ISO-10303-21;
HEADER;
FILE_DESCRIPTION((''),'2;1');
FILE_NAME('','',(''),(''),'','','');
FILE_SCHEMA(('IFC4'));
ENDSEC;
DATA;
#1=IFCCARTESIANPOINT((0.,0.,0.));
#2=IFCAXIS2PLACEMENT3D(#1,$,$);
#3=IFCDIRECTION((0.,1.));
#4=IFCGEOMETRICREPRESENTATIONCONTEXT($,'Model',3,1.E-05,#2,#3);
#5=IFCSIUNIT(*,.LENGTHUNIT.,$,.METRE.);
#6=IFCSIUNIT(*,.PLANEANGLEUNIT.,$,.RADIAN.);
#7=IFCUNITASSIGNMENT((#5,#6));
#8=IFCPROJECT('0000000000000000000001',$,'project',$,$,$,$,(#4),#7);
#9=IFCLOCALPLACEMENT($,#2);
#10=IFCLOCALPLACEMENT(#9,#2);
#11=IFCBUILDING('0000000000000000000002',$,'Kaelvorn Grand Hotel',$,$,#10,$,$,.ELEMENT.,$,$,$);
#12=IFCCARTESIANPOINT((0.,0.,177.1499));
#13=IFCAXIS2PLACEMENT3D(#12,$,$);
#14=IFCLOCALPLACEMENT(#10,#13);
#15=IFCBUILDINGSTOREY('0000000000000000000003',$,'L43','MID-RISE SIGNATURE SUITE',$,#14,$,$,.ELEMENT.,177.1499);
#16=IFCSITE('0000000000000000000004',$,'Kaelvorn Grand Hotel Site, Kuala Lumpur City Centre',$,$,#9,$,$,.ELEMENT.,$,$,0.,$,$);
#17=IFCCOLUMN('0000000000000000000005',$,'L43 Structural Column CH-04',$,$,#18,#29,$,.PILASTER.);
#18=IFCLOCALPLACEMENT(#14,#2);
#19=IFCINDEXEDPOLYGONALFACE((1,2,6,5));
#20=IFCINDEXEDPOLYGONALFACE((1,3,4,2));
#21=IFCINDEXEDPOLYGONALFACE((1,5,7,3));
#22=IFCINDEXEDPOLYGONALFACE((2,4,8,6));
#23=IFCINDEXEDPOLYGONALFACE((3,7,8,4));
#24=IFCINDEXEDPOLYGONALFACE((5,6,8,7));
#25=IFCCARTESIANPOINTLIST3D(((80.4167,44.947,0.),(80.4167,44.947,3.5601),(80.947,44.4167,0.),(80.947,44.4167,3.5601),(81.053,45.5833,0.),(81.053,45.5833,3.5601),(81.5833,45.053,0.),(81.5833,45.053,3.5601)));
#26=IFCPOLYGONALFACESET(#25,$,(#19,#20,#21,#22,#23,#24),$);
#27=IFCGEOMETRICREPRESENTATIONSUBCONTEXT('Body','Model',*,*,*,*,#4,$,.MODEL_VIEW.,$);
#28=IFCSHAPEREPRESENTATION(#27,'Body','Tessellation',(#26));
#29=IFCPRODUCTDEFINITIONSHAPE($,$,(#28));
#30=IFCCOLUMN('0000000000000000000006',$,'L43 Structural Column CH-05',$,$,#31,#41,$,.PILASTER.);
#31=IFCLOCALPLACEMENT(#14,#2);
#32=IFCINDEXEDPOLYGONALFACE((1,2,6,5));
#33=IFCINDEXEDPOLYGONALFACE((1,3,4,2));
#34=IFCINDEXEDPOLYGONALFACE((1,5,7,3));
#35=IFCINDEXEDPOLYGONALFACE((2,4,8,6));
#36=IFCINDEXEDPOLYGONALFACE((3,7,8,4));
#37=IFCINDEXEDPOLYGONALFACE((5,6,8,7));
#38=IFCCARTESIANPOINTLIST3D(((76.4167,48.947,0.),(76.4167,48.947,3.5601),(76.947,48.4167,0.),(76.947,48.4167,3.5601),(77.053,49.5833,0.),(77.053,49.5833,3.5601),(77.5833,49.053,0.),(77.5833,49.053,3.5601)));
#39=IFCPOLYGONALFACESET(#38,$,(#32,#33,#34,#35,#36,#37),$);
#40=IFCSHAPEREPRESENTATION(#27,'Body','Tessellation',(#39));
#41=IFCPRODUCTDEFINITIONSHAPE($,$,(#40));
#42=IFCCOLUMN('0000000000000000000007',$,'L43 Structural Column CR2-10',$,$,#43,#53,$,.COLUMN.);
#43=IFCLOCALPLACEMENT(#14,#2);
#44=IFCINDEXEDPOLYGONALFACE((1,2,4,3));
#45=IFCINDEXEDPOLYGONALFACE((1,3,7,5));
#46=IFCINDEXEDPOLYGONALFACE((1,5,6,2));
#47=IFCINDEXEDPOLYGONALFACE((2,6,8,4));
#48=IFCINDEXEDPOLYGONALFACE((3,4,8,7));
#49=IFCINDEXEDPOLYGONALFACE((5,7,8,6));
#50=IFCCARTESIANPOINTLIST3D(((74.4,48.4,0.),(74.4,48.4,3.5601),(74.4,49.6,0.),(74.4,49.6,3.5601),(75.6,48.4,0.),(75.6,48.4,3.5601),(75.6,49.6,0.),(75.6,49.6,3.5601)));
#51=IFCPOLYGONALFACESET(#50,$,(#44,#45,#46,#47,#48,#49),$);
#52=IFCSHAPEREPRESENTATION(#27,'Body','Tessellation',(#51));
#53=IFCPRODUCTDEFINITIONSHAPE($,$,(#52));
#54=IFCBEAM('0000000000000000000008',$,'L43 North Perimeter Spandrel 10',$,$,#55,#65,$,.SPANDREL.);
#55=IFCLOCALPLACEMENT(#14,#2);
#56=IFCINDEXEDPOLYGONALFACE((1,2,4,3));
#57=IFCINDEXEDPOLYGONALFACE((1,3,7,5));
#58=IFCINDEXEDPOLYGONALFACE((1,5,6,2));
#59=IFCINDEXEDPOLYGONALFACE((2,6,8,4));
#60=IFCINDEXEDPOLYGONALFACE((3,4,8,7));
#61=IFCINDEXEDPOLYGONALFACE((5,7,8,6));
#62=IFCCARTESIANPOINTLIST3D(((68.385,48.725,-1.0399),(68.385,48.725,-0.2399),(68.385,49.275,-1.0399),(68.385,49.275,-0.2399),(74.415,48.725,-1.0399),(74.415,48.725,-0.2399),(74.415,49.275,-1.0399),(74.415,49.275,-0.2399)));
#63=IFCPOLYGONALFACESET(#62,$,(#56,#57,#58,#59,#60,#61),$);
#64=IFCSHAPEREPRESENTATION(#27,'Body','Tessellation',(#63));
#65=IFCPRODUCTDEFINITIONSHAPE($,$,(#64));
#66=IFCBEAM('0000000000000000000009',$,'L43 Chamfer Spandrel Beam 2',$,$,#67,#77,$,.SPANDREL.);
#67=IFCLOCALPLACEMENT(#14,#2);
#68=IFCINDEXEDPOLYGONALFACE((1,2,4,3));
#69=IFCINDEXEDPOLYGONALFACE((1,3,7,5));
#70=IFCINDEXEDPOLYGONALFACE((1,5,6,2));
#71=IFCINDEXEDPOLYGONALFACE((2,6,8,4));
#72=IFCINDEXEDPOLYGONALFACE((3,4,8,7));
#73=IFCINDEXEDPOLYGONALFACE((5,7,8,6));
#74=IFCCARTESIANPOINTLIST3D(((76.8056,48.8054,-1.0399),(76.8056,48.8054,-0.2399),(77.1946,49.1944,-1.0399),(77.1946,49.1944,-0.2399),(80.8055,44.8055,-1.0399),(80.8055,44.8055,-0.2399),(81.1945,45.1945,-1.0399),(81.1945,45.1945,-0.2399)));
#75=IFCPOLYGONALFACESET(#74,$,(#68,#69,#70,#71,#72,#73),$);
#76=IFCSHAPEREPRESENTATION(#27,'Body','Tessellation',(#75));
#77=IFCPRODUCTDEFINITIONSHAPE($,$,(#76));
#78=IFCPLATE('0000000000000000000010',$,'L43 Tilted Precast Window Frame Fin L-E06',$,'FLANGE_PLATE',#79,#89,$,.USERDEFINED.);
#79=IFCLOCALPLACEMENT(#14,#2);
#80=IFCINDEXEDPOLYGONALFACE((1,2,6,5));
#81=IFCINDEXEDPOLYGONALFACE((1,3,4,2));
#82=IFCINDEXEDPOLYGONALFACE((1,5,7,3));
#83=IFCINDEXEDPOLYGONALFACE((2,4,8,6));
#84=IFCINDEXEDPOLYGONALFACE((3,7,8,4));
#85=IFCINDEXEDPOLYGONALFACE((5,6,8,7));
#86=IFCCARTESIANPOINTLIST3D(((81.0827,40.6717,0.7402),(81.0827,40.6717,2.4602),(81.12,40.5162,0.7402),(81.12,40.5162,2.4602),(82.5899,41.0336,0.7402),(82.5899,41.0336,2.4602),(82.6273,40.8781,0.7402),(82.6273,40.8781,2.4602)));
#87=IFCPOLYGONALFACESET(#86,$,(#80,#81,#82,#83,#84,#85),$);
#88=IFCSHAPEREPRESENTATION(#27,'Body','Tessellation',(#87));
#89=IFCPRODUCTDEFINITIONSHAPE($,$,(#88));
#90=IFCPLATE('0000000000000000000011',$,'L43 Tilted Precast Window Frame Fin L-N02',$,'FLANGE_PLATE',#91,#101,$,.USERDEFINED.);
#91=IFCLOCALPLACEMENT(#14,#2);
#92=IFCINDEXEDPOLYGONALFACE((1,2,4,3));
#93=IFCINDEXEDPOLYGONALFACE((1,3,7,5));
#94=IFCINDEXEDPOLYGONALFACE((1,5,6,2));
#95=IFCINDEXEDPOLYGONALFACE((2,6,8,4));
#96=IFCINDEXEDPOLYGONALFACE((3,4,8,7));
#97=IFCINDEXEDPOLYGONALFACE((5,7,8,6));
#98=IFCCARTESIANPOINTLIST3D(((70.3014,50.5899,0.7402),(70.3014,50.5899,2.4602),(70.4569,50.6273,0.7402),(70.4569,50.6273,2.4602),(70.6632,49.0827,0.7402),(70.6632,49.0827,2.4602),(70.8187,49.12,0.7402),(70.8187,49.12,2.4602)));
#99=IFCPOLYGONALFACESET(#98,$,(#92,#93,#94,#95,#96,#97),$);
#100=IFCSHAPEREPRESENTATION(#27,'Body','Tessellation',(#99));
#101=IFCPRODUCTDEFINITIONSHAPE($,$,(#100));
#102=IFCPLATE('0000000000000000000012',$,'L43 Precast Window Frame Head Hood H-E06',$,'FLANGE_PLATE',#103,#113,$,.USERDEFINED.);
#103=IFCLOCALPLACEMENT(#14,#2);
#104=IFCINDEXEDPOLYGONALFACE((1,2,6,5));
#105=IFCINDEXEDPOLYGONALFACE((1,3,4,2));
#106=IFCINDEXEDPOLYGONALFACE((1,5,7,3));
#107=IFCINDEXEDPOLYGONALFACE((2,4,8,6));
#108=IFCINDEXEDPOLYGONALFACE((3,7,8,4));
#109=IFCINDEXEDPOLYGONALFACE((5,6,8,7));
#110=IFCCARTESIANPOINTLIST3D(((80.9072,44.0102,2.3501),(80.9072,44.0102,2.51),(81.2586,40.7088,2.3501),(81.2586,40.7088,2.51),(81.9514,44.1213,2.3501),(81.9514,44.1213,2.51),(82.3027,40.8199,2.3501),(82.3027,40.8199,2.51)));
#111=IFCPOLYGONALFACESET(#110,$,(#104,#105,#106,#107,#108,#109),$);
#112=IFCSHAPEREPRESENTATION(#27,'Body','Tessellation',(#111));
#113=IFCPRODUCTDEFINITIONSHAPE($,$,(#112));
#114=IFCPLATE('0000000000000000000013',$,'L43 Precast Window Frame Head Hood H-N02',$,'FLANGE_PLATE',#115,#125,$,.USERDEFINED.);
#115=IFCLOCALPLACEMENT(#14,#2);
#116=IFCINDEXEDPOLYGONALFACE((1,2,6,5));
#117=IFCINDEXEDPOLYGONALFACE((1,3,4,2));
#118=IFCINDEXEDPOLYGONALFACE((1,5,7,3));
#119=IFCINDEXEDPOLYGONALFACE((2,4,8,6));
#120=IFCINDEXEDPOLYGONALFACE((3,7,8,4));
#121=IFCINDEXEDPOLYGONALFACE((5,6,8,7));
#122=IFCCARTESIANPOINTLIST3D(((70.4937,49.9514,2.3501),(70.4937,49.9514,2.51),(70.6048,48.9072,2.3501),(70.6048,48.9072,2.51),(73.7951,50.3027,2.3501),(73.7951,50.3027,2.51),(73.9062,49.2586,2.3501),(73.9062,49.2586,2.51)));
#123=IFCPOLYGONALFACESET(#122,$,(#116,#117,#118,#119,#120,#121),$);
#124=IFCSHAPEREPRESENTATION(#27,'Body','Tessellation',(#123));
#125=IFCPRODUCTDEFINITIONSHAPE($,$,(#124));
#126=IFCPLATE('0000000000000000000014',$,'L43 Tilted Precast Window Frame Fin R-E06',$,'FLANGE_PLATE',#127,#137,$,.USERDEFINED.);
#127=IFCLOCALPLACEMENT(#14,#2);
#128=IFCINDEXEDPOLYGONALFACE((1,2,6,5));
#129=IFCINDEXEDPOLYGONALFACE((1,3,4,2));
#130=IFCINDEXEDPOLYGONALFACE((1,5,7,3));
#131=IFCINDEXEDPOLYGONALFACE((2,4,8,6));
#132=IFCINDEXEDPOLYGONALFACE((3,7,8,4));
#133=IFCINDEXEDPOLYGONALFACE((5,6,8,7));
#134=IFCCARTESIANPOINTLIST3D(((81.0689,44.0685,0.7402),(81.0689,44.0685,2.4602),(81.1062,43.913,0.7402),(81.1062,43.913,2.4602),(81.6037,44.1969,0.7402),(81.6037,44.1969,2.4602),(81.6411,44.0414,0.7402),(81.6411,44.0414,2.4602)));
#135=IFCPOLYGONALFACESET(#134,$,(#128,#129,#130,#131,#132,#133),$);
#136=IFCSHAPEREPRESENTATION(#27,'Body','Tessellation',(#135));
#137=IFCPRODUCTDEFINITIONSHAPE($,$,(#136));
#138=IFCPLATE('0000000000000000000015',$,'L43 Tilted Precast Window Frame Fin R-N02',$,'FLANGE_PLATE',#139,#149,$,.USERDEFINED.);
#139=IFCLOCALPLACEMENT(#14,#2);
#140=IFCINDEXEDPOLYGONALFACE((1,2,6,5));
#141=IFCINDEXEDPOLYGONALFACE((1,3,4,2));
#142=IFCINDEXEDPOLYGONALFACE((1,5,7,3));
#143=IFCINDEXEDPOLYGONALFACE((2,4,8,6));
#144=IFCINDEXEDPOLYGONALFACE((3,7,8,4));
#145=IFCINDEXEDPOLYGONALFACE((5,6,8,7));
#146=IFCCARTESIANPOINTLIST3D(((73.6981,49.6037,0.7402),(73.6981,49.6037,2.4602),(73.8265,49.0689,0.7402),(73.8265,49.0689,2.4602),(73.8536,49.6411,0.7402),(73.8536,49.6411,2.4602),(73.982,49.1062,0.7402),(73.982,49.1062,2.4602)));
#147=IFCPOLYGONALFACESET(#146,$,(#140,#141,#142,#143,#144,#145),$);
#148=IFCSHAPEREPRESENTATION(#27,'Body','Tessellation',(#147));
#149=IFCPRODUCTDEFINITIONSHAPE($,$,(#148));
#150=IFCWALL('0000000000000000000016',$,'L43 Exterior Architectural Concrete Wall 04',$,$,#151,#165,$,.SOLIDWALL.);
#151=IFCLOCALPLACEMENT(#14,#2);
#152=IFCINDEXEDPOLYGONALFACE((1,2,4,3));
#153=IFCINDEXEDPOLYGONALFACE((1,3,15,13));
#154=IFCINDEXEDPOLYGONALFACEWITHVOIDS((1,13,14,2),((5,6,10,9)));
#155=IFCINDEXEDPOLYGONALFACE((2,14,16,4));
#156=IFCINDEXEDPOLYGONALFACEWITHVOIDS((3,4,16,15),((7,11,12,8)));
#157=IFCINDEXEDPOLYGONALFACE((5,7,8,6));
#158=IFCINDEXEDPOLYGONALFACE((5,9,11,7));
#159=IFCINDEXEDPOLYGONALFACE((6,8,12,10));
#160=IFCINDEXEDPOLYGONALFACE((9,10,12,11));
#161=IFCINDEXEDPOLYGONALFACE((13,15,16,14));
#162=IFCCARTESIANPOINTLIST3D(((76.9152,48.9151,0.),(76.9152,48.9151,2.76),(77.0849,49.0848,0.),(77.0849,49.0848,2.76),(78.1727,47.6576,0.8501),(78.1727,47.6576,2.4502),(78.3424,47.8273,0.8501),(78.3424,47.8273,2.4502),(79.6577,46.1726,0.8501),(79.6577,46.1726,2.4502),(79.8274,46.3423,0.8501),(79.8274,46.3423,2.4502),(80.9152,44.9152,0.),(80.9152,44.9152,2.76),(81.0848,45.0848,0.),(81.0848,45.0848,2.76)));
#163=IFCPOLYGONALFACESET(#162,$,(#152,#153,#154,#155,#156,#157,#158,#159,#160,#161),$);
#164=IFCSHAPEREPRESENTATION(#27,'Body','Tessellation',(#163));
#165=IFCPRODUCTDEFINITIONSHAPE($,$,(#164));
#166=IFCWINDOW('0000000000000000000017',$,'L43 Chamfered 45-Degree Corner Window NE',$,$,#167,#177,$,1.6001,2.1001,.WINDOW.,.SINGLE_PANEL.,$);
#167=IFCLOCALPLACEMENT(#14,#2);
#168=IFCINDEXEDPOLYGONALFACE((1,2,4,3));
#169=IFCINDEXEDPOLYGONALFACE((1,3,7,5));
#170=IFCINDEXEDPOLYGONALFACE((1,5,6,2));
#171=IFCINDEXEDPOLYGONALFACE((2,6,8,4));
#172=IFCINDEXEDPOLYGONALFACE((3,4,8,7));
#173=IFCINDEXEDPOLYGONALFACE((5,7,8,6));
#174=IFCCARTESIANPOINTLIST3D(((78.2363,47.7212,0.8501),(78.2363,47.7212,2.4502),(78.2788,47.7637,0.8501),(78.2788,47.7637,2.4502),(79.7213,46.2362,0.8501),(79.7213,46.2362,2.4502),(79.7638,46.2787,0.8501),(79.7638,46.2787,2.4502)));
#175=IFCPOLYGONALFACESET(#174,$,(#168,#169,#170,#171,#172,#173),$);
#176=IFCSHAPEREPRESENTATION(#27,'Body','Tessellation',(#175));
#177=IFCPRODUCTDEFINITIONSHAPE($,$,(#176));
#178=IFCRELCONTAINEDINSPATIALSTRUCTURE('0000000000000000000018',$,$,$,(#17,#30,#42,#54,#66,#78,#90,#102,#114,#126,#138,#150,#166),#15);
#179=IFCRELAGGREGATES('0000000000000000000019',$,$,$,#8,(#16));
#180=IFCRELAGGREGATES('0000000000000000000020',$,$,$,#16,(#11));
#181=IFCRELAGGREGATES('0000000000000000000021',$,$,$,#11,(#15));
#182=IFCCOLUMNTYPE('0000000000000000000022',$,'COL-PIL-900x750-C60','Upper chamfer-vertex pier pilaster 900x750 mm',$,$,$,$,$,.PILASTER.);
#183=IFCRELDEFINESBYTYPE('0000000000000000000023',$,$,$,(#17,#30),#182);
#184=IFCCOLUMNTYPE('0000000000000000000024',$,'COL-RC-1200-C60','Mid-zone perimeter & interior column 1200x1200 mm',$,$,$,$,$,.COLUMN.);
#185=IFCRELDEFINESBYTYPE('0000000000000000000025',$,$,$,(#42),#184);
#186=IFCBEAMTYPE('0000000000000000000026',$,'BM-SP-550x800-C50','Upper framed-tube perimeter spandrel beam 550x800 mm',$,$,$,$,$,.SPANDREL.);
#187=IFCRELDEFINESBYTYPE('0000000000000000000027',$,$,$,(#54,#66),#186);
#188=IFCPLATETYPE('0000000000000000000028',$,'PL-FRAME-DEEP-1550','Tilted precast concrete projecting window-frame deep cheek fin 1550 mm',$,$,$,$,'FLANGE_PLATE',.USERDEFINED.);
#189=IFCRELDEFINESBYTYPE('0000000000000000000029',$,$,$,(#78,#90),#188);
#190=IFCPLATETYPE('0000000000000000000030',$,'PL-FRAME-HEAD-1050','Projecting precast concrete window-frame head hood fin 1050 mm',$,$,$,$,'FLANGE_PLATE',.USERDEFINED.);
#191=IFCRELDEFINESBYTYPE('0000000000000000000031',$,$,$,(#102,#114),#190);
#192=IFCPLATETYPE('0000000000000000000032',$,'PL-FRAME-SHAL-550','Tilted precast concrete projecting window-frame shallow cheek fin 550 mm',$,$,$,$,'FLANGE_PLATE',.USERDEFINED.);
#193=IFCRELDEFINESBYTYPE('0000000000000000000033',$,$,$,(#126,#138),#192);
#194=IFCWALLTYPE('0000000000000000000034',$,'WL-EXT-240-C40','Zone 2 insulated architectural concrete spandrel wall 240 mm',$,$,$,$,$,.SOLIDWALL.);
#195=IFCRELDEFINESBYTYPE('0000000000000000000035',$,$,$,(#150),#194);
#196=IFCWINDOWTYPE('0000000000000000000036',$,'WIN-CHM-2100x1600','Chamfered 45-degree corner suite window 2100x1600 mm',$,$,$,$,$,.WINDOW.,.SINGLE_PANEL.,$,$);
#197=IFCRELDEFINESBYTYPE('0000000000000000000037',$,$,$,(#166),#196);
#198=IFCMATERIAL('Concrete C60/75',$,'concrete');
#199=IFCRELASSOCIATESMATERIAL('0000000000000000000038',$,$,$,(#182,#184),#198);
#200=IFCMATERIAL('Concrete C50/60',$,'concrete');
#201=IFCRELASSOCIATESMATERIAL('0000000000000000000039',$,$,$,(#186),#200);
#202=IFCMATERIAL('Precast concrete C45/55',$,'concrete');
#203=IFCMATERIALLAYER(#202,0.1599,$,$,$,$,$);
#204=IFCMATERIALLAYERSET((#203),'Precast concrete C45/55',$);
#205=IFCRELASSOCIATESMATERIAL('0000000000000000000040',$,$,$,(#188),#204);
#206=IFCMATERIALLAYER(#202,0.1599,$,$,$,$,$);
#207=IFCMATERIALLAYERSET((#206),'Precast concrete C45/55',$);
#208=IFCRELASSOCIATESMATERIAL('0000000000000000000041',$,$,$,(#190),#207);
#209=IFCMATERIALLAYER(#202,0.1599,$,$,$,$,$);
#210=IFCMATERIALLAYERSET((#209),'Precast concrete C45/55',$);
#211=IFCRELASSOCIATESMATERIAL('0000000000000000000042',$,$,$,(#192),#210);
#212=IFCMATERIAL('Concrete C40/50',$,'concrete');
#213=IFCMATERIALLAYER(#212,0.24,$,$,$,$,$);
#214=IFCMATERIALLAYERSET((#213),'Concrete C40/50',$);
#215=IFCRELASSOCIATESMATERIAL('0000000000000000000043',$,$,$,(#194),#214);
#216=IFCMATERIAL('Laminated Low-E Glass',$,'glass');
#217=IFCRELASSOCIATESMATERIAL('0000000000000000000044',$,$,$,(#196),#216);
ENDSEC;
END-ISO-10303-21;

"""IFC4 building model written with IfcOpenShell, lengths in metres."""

from ifc_helpers import new_model, si_unit, direction, frame, frame_2d, origin, origin_2d, place, context, subcontext, project, spatial, rectangle, extrude, material, layer, layer_set, material_profile, profile_set, type_object, element, fill, save


model = new_model("IFC4")

# Units and contexts
model_context = context("Model", 3, precision=1e-05, world=origin(), true_north=direction((0.0, 1.0)))
body_context = subcontext(model_context, "Body", "Model", "MODEL_VIEW")
ifc_project = project(units=[si_unit("LENGTHUNIT", "METRE"), si_unit("PLANEANGLEUNIT", "RADIAN")], contexts=[model_context])

# Site, building, storey
site_placement = place(None, origin())
site = spatial("IfcSite", under=ifc_project, at=site_placement, Name="Kaelvorn Grand Hotel Site, Kuala Lumpur City Centre", CompositionType="ELEMENT", RefElevation=0.0)
building_placement = place(site_placement, origin())
building = spatial("IfcBuilding", under=site, at=building_placement, Name="Kaelvorn Grand Hotel", CompositionType="ELEMENT")
storey_placement = place(building_placement, frame((0.0, 0.0, 177.1499)))
storey = spatial("IfcBuildingStorey", under=building, at=storey_placement, Name="L43", Description="MID-RISE SIGNATURE SUITE", CompositionType="ELEMENT", Elevation=177.1499)

# Columns
ifc_material_1 = material(Name="Concrete C60/75", Category="concrete")
ifc_material_profile_1 = material_profile(ifc_material_1, rectangle(XDim=0.8999, YDim=0.75, at=origin_2d()), Name="RC PILASTER 900x750")
ifc_profile_set_1 = profile_set([ifc_material_profile_1], Name="Concrete C60/75")
column_type_1 = type_object("IfcColumnType", Name="COL-PIL-900x750-C60", Description="Upper chamfer-vertex pier pilaster 900x750 mm", PredefinedType="PILASTER", material=ifc_profile_set_1)
for number, where, z_axis, x_axis, name in (
    (1, (81.0, 45.0, 0.0), (0.0, 0.0, 1.0), (0.707107, 0.707107, 0.0), "L43 Structural Column CH-04"),
    (2, (77.0, 49.0, 0.0), (0.0, 0.0, 1.0), (0.707107, 0.707107, 0.0), "L43 Structural Column CH-05"),
):
    element("IfcColumn", number, at=place(storey_placement, frame(where, z_axis=z_axis, x_axis=x_axis)), inside=storey, type_object=column_type_1, Name=name, PredefinedType="PILASTER", context=body_context, shape_type="SweptSolid", body=[
        extrude(rectangle(XDim=0.8999, YDim=0.75, at=origin_2d()), origin(), (0.0, 0.0, 1.0), 3.5601),
    ])
ifc_material_profile_2 = material_profile(ifc_material_1, rectangle(XDim=1.2, YDim=1.2, at=origin_2d()), Name="RC COL 1200x1200")
ifc_profile_set_2 = profile_set([ifc_material_profile_2], Name="Concrete C60/75")
column_type_2 = type_object("IfcColumnType", Name="COL-RC-1200-C60", Description="Mid-zone perimeter & interior column 1200x1200 mm", PredefinedType="COLUMN", material=ifc_profile_set_2)
column_placement = place(storey_placement, frame((75.0, 49.0, 0.0), z_axis=(0.0, 0.0, 1.0), x_axis=(1.0, 0.0, 0.0)))
element("IfcColumn", 3, at=column_placement, inside=storey, type_object=column_type_2, Name="L43 Structural Column CR2-10", PredefinedType="COLUMN", context=body_context, shape_type="SweptSolid", body=[
    extrude(rectangle(XDim=1.2, YDim=1.2, at=origin_2d()), origin(), (0.0, 0.0, 1.0), 3.5601),
])

# Beams
ifc_material_2 = material(Name="Concrete C50/60", Category="concrete")
ifc_material_profile_3 = material_profile(ifc_material_2, rectangle(XDim=0.55, YDim=0.8, at=origin_2d()), Name="RC SPANDREL 550x800")
ifc_profile_set_3 = profile_set([ifc_material_profile_3], Name="Concrete C50/60")
beam_type = type_object("IfcBeamType", Name="BM-SP-550x800-C50", Description="Upper framed-tube perimeter spandrel beam 550x800 mm", PredefinedType="SPANDREL", material=ifc_profile_set_3)
beam_1_placement = place(storey_placement, frame((68.385, 49.0, -0.6399), z_axis=(1.0, 0.0, 0.0), x_axis=(0.0, 1.0, 0.0)))
element("IfcBeam", 4, at=beam_1_placement, inside=storey, type_object=beam_type, Name="L43 North Perimeter Spandrel 10", PredefinedType="SPANDREL", context=body_context, shape_type="SweptSolid", body=[
    extrude(rectangle(XDim=0.55, YDim=0.8, at=origin_2d()), origin(), (0.0, 0.0, 1.0), 6.03),
])
beam_2_placement = place(storey_placement, frame((81.0, 45.0, -0.6399), z_axis=(-0.707107, 0.707107, 0.0), x_axis=(-0.707107, -0.707107, 0.0)))
element("IfcBeam", 5, at=beam_2_placement, inside=storey, type_object=beam_type, Name="L43 Chamfer Spandrel Beam 2", PredefinedType="SPANDREL", context=body_context, shape_type="SweptSolid", body=[
    extrude(rectangle(XDim=0.55, YDim=0.8, at=origin_2d()), origin(), (0.0, 0.0, 1.0), 5.6567),
])

# Plates
ifc_material_3 = material(Name="Precast concrete C45/55", Category="concrete")
ifc_layer_1 = layer(ifc_material_3, 0.1599)
ifc_layer_set_1 = layer_set([ifc_layer_1], Name="Precast concrete C45/55")
plate_type_1 = type_object("IfcPlateType", Name="PL-FRAME-DEEP-1550", Description="Tilted precast concrete projecting window-frame deep cheek fin 1550 mm", ElementType="FLANGE_PLATE", PredefinedType="USERDEFINED", material=ifc_layer_set_1)
for number, where, z_axis, x_axis, name in (
    (6, (81.855, 40.7749, 0.7402), (0.0, 0.0, 1.0), (-0.233445, 0.97237, 0.0), "L43 Tilted Precast Window Frame Fin L-E06"),
    (7, (70.5601, 49.855, 0.7402), (0.0, 0.0, 1.0), (0.97237, 0.233445, 0.0), "L43 Tilted Precast Window Frame Fin L-N02"),
):
    element("IfcPlate", number, at=place(storey_placement, frame(where, z_axis=z_axis, x_axis=x_axis)), inside=storey, type_object=plate_type_1, Name=name, ObjectType="FLANGE_PLATE", PredefinedType="USERDEFINED", context=body_context, shape_type="SweptSolid", body=[
        extrude(rectangle(XDim=0.1599, YDim=1.55, at=origin_2d()), origin(), (0.0, 0.0, 1.0), 1.72),
    ])
ifc_layer_2 = layer(ifc_material_3, 0.1599)
ifc_layer_set_2 = layer_set([ifc_layer_2], Name="Precast concrete C45/55")
plate_type_2 = type_object("IfcPlateType", Name="PL-FRAME-HEAD-1050", Description="Projecting precast concrete window-frame head hood fin 1050 mm", ElementType="FLANGE_PLATE", PredefinedType="USERDEFINED", material=ifc_layer_set_2)
for number, where, z_axis, x_axis, name in (
    (8, (81.605, 42.415, 2.3501), (0.0, 0.0, 1.0), (-0.10583, 0.994384, 0.0), "L43 Precast Window Frame Head Hood H-E06"),
    (9, (72.2, 49.605, 2.3501), (0.0, 0.0, 1.0), (0.994384, 0.10583, 0.0), "L43 Precast Window Frame Head Hood H-N02"),
):
    element("IfcPlate", number, at=place(storey_placement, frame(where, z_axis=z_axis, x_axis=x_axis)), inside=storey, type_object=plate_type_2, Name=name, ObjectType="FLANGE_PLATE", PredefinedType="USERDEFINED", context=body_context, shape_type="SweptSolid", body=[
        extrude(rectangle(XDim=3.3201, YDim=1.05, at=origin_2d()), origin(), (0.0, 0.0, 1.0), 0.1599),
    ])
ifc_layer_3 = layer(ifc_material_3, 0.1599)
ifc_layer_set_3 = layer_set([ifc_layer_3], Name="Precast concrete C45/55")
plate_type_3 = type_object("IfcPlateType", Name="PL-FRAME-SHAL-550", Description="Tilted precast concrete projecting window-frame shallow cheek fin 550 mm", ElementType="FLANGE_PLATE", PredefinedType="USERDEFINED", material=ifc_layer_set_3)
for number, where, z_axis, x_axis, name in (
    (10, (81.355, 44.0549, 0.7402), (0.0, 0.0, 1.0), (-0.233445, 0.97237, 0.0), "L43 Tilted Precast Window Frame Fin R-E06"),
    (11, (73.8401, 49.355, 0.7402), (0.0, 0.0, 1.0), (0.97237, 0.233445, 0.0), "L43 Tilted Precast Window Frame Fin R-N02"),
):
    element("IfcPlate", number, at=place(storey_placement, frame(where, z_axis=z_axis, x_axis=x_axis)), inside=storey, type_object=plate_type_3, Name=name, ObjectType="FLANGE_PLATE", PredefinedType="USERDEFINED", context=body_context, shape_type="SweptSolid", body=[
        extrude(rectangle(XDim=0.1599, YDim=0.55, at=origin_2d()), origin(), (0.0, 0.0, 1.0), 1.72),
    ])

# Wall, opening, window
ifc_material_4 = material(Name="Concrete C40/50", Category="concrete")
ifc_layer_4 = layer(ifc_material_4, 0.24)
ifc_layer_set_4 = layer_set([ifc_layer_4], Name="Concrete C40/50")
wall_type = type_object("IfcWallType", Name="WL-EXT-240-C40", Description="Zone 2 insulated architectural concrete spandrel wall 240 mm", PredefinedType="SOLIDWALL", material=ifc_layer_set_4)
wall_1_placement = place(storey_placement, frame((81.0, 45.0, 0.0), z_axis=(0.0, 0.0, 1.0), x_axis=(-0.707107, 0.707107, 0.0)))
wall_1 = element("IfcWall", 12, at=wall_1_placement, inside=storey, type_object=wall_type, Name="L43 Exterior Architectural Concrete Wall 04", PredefinedType="SOLIDWALL", context=body_context, shape_type="SweptSolid", body=[
    extrude(rectangle(XDim=5.6567, YDim=0.24, at=frame_2d((2.8284, 0.0))), origin(), (0.0, 0.0, 1.0), 2.76),
])
opening_1_placement = place(wall_1_placement, frame((1.7783, 0.0, 0.8501)))
opening_1 = element("IfcOpeningElement", 13, at=opening_1_placement, cuts=wall_1, PredefinedType="OPENING", context=body_context, shape_type="SweptSolid", body=[
    extrude(rectangle(XDim=2.1001, YDim=1.6001, at=frame_2d((1.05, 0.8))), frame((0.0, 0.1299, 0.0), z_axis=(0.0, -1.0, 0.0), x_axis=(1.0, 0.0, 0.0)), (0.0, 0.0, 1.0), 0.26),
])
ifc_material_5 = material(Name="Laminated Low-E Glass", Category="glass")
window_type_1 = type_object("IfcWindowType", Name="WIN-CHM-2100x1600", Description="Chamfered 45-degree corner suite window 2100x1600 mm", PartitioningType="SINGLE_PANEL", PredefinedType="WINDOW", material=ifc_material_5)
window_1_placement = place(opening_1_placement, origin())
window_1 = element("IfcWindow", 14, at=window_1_placement, inside=storey, type_object=window_type_1, Name="L43 Chamfered 45-Degree Corner Window NE", OverallHeight=1.6001, OverallWidth=2.1001, PartitioningType="SINGLE_PANEL", PredefinedType="WINDOW", context=body_context, shape_type="SweptSolid", body=[
    extrude(rectangle(XDim=2.1001, YDim=1.6001, at=frame_2d((1.05, 0.8))), frame((0.0, 0.03, 0.0), z_axis=(0.0, -1.0, 0.0), x_axis=(1.0, 0.0, 0.0)), (0.0, 0.0, 1.0), 0.0601),
])
fill(opening_1, window_1)

save(model, "model.ifc")
